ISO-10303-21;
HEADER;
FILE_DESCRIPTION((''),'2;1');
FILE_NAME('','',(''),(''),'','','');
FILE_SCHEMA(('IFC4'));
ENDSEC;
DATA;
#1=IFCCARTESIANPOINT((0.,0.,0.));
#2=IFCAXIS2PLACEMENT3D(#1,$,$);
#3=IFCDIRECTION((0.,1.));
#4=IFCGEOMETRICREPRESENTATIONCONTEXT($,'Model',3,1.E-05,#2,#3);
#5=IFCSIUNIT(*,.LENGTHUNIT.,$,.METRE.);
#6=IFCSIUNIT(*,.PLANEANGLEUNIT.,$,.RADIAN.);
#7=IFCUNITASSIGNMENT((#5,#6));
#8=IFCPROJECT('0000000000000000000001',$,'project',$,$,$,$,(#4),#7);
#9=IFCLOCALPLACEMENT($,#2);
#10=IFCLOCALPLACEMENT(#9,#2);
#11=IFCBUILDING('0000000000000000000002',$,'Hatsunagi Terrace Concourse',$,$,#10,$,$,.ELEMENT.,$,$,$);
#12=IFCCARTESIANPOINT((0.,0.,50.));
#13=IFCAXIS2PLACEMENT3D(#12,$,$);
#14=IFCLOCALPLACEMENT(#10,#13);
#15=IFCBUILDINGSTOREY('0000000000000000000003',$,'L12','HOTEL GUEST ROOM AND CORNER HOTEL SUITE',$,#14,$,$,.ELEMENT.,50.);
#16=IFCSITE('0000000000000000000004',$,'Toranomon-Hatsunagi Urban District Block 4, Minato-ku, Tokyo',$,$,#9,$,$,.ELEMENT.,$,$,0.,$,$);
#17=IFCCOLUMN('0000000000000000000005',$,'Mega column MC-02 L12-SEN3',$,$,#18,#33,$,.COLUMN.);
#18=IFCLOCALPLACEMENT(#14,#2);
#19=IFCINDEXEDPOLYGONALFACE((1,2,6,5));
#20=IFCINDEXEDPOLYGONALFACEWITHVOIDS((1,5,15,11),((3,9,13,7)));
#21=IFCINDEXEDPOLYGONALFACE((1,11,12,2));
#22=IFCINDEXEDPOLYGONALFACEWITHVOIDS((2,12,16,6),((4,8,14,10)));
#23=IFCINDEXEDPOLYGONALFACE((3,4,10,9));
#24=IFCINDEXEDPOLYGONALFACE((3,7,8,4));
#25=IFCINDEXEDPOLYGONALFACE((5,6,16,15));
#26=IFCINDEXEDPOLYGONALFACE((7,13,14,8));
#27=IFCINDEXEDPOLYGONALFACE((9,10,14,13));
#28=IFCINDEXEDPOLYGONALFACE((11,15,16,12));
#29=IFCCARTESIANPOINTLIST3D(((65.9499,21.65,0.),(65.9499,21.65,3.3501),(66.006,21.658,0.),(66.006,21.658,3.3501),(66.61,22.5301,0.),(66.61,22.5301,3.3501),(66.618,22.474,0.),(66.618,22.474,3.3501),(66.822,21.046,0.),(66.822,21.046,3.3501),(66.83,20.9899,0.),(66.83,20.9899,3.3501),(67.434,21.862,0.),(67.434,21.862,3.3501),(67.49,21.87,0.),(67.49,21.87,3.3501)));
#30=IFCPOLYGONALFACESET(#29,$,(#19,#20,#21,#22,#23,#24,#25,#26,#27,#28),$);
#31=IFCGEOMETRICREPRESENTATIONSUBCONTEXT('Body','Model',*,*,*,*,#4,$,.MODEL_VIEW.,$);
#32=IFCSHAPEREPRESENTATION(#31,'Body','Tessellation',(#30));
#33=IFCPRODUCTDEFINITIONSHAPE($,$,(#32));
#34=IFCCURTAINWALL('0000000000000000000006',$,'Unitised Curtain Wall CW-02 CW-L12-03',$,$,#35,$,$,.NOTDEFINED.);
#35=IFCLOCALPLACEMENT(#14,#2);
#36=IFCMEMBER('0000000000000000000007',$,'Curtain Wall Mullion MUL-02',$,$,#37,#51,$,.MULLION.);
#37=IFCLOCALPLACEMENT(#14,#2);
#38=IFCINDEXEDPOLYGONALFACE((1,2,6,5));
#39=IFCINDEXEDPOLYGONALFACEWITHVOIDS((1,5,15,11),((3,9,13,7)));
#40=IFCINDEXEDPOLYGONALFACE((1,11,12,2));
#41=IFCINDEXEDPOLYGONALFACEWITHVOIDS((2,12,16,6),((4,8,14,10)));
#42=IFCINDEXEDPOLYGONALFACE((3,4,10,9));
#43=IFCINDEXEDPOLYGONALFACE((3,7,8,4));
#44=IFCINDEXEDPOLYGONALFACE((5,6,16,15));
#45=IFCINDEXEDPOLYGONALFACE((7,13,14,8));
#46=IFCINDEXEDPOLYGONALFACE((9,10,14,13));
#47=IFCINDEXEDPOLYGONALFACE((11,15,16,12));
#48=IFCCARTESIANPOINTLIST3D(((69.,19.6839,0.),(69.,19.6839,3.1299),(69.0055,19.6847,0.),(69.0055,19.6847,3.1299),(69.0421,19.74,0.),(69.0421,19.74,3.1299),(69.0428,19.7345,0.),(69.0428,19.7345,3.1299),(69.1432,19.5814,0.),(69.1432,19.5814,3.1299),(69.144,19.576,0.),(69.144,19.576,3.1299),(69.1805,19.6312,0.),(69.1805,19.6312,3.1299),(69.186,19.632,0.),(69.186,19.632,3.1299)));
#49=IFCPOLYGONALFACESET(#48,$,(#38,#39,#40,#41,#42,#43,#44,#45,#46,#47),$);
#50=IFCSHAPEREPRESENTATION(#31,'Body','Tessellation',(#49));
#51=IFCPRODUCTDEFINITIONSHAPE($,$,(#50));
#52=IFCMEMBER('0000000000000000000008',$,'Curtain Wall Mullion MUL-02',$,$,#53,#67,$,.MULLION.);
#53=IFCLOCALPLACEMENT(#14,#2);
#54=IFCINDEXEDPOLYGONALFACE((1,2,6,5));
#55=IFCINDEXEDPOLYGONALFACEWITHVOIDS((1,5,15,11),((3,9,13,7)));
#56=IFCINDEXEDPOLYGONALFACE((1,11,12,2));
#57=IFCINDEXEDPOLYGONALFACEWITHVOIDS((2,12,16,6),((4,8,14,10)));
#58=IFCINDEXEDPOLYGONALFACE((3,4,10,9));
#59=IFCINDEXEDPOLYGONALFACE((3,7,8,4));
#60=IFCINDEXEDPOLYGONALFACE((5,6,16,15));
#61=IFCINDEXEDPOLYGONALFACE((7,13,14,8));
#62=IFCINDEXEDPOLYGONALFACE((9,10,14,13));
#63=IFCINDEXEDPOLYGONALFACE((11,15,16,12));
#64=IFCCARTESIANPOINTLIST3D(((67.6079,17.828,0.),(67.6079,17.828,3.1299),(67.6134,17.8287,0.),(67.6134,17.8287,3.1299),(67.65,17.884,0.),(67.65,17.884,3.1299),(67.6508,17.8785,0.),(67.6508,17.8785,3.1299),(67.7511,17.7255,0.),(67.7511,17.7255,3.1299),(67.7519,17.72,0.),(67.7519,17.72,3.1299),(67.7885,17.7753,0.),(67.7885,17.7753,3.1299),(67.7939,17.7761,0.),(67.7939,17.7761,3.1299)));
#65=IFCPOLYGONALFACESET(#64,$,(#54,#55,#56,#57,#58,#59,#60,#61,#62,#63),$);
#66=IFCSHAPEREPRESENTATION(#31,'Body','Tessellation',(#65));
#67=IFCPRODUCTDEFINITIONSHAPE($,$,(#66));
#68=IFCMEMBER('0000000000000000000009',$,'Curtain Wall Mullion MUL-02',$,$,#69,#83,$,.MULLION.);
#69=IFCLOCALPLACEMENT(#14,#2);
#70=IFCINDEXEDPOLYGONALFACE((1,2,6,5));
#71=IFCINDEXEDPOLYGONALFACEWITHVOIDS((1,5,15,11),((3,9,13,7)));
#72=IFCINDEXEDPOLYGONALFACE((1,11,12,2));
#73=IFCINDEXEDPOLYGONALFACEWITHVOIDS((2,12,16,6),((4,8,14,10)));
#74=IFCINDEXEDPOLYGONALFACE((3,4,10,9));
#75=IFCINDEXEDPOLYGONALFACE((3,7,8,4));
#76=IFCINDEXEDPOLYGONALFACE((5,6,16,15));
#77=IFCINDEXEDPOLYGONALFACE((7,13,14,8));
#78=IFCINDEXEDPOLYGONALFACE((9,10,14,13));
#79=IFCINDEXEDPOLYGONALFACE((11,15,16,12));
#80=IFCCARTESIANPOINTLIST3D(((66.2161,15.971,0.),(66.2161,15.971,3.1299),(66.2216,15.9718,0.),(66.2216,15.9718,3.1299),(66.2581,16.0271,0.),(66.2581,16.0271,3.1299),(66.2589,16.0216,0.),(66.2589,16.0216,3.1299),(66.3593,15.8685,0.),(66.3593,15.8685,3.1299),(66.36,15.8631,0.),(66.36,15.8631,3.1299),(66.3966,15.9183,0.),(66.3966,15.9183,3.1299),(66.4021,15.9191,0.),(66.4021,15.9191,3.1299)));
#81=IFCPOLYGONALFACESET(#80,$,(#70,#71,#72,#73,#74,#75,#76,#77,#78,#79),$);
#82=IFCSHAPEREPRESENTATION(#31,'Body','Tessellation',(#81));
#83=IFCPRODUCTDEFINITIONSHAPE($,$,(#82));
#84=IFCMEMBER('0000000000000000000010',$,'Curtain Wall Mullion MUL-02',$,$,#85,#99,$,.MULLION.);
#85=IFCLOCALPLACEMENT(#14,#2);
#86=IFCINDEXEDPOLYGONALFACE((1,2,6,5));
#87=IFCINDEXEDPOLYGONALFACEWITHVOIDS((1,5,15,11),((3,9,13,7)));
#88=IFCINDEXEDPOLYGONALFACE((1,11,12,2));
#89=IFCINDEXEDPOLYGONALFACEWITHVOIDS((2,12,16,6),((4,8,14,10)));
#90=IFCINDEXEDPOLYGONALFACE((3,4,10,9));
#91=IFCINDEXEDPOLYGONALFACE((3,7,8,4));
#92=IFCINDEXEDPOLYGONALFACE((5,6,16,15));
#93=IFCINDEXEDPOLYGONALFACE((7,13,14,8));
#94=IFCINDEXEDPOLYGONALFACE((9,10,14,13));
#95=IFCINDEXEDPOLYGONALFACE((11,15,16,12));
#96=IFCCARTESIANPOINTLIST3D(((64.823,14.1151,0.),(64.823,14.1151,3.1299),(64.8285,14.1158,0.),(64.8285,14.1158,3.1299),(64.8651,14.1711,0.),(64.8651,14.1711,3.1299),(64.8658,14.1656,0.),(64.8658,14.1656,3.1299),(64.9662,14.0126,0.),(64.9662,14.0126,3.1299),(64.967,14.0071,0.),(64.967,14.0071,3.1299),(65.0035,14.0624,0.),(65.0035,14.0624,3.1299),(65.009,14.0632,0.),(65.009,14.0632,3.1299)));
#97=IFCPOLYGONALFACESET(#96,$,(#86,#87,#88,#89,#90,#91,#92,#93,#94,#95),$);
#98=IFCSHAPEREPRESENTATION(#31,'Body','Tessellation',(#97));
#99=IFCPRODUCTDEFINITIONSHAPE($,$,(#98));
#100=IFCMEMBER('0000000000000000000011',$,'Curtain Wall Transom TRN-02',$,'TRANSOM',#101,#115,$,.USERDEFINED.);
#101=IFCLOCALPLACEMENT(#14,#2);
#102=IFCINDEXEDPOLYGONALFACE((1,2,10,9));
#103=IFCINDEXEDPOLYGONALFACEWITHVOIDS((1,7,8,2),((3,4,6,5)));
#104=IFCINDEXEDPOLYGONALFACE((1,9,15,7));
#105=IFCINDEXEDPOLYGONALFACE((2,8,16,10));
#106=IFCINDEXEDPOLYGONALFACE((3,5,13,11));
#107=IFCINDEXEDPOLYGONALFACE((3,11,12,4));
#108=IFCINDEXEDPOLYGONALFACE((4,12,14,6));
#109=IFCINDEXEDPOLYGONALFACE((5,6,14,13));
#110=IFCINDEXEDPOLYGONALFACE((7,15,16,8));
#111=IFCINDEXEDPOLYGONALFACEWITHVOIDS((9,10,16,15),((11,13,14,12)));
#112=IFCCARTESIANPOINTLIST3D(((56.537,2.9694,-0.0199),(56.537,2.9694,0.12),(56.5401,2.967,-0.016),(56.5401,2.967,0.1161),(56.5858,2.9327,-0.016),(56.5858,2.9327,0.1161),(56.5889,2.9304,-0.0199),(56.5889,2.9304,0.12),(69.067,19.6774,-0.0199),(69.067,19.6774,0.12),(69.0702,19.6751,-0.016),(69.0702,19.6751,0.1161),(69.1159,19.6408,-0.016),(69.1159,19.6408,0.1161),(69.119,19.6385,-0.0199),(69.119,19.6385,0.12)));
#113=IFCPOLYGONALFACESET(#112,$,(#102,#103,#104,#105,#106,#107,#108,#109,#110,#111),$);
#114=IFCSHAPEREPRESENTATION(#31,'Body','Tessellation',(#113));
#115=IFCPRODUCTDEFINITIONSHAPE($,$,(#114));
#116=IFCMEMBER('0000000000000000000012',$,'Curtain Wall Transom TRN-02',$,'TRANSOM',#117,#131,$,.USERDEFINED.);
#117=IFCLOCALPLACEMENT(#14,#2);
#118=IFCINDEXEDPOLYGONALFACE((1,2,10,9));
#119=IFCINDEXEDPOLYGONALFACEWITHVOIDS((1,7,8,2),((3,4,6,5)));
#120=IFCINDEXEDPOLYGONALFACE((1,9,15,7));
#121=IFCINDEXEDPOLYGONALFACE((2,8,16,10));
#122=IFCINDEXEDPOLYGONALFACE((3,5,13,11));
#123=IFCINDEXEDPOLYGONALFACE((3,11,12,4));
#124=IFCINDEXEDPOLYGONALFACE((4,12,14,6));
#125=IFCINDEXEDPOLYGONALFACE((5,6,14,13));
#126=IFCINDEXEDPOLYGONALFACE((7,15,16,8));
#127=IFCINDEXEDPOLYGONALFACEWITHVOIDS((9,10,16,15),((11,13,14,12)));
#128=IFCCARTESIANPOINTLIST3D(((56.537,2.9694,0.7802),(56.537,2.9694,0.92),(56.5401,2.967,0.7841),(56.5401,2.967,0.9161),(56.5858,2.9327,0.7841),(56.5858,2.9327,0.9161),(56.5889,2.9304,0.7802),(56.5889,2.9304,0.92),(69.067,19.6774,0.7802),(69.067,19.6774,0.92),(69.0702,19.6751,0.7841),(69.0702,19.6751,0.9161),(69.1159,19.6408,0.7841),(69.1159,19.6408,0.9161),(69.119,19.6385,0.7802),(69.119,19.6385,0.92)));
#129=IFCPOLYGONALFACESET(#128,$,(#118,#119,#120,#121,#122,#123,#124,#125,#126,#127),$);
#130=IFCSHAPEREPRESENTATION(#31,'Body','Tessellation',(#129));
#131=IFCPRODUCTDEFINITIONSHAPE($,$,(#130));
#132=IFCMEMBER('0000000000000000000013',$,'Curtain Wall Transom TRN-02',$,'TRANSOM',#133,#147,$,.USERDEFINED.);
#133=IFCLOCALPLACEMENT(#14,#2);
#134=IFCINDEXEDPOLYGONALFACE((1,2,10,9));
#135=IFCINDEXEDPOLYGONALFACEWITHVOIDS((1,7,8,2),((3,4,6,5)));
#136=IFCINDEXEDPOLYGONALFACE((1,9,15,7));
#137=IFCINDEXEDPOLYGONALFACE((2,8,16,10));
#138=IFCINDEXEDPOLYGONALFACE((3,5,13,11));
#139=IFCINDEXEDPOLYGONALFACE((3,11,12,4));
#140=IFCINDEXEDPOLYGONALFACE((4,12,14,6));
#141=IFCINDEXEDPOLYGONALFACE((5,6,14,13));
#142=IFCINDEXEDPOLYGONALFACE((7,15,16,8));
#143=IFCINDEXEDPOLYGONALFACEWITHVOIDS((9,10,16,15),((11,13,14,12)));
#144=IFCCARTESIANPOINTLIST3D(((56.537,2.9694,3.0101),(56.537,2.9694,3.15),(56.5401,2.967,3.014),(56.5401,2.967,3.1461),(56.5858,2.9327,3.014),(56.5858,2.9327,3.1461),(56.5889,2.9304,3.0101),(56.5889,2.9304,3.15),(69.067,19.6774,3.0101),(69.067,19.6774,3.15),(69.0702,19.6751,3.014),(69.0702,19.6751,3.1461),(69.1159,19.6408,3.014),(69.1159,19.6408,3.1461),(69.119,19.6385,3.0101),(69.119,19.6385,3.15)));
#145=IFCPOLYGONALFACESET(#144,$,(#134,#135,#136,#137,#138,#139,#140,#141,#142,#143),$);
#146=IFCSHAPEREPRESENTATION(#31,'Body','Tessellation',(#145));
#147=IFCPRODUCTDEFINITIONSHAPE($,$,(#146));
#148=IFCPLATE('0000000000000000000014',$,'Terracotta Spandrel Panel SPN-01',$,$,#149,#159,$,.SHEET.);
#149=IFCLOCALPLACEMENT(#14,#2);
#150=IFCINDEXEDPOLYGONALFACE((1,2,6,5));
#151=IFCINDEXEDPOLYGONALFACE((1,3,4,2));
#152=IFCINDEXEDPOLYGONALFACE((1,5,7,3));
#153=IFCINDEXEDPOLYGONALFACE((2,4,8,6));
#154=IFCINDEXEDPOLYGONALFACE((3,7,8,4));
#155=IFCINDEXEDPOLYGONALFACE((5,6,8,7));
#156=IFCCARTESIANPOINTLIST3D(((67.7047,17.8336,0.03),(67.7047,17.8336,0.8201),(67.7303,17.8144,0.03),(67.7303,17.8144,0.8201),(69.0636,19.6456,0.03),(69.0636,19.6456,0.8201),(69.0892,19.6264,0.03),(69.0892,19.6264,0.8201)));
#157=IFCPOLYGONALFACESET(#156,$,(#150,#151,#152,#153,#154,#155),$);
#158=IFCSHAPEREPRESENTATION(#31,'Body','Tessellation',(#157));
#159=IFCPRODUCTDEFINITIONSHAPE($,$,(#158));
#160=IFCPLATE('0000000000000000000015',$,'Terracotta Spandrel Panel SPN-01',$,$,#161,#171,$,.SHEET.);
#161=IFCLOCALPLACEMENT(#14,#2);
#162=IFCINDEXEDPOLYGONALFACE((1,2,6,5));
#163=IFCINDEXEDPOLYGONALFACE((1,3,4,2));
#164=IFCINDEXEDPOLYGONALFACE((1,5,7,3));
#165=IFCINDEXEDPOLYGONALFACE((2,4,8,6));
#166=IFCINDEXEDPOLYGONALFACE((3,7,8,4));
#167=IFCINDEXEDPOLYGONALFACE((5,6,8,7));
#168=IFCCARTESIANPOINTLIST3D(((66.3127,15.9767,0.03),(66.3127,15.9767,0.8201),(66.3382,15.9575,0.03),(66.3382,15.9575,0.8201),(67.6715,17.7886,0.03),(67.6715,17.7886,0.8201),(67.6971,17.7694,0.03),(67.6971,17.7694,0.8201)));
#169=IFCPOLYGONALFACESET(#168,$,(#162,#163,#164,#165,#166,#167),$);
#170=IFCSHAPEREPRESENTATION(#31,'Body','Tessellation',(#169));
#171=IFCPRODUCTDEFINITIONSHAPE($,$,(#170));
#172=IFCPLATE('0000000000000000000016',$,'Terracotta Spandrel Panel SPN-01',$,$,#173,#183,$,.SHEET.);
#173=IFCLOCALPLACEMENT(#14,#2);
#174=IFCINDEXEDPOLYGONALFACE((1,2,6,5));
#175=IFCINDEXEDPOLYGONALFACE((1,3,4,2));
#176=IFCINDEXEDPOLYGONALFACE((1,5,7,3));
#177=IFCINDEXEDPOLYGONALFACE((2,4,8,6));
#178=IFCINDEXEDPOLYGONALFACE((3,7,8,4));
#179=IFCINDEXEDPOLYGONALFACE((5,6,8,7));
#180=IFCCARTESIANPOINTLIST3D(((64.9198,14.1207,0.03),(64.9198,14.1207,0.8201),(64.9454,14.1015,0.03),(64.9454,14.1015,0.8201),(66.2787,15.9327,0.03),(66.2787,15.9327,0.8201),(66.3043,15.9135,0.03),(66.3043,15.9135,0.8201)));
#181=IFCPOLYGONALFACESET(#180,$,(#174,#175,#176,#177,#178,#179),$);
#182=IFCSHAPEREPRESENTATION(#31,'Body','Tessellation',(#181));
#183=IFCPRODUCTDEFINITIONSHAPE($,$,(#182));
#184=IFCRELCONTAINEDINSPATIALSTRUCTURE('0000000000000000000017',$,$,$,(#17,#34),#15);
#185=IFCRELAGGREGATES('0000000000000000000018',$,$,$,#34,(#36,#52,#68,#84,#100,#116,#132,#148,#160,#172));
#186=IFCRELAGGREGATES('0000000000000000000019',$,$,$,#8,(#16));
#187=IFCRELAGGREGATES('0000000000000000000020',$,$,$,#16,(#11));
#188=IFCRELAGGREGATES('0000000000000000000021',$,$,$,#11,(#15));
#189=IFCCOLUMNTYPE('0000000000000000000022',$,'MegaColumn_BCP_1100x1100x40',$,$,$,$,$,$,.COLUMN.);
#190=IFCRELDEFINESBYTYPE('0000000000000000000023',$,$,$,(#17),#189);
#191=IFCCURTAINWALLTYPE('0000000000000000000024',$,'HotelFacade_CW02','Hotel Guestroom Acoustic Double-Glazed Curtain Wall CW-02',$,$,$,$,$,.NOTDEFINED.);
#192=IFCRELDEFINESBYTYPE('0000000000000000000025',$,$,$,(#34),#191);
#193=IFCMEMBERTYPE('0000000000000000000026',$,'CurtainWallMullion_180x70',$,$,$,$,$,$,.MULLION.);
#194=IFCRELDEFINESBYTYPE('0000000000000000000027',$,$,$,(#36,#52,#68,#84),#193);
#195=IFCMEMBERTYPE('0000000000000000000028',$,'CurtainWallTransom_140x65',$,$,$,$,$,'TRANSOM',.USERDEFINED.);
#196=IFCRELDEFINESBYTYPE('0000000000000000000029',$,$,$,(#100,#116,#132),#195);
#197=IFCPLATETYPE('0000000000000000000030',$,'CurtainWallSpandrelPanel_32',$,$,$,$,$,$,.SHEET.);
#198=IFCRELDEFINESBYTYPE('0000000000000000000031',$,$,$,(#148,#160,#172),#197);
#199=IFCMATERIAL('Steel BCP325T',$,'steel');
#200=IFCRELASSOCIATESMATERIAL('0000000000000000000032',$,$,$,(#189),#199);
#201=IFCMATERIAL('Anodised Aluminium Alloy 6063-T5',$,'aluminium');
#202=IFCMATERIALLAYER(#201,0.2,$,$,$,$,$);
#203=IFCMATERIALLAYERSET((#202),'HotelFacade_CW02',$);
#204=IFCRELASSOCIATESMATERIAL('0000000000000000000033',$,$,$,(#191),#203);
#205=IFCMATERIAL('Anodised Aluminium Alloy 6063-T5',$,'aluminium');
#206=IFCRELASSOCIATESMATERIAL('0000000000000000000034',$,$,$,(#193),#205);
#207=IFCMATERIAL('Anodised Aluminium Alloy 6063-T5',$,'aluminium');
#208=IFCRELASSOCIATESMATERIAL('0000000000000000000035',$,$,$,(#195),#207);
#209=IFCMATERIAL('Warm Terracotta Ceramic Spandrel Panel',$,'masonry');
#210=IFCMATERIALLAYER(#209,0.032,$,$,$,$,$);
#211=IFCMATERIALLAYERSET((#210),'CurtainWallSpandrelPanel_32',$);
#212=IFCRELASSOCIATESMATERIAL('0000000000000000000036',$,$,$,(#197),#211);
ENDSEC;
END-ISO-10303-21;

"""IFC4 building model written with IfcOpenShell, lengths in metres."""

from ifc_helpers import new_model, si_unit, direction, frame, origin, origin_2d, place, context, subcontext, project, spatial, rectangle, hollow_rectangle, extrude, material, layer, layer_set, material_profile, profile_set, type_object, element, aggregate, save


model = new_model("IFC4")

# Units and contexts
model_context = context("Model", 3, precision=1e-05, world=origin(), true_north=direction((0.0, 1.0)))
body_context = subcontext(model_context, "Body", "Model", "MODEL_VIEW")
ifc_project = project(units=[si_unit("LENGTHUNIT", "METRE"), si_unit("PLANEANGLEUNIT", "RADIAN")], contexts=[model_context])

# Site, building, storey
site_placement = place(None, origin())
site = spatial("IfcSite", under=ifc_project, at=site_placement, Name="Toranomon-Hatsunagi Urban District Block 4, Minato-ku, Tokyo", CompositionType="ELEMENT", RefElevation=0.0)
building_placement = place(site_placement, origin())
building = spatial("IfcBuilding", under=site, at=building_placement, Name="Hatsunagi Terrace Concourse", CompositionType="ELEMENT")
storey_placement = place(building_placement, frame((0.0, 0.0, 50.0)))
storey = spatial("IfcBuildingStorey", under=building, at=storey_placement, Name="L12", Description="HOTEL GUEST ROOM AND CORNER HOTEL SUITE", CompositionType="ELEMENT", Elevation=50.0)

# Column
ifc_material_1 = material(Name="Steel BCP325T", Category="steel")
ifc_material_profile_1 = material_profile(ifc_material_1, hollow_rectangle(XDim=1.1001, YDim=1.1001, WallThickness=0.04, at=origin_2d()), Name="BCP-1100x1100x40")
ifc_profile_set_1 = profile_set([ifc_material_profile_1], Name="Steel BCP325T")
column_type = type_object("IfcColumnType", Name="MegaColumn_BCP_1100x1100x40", PredefinedType="COLUMN", material=ifc_profile_set_1)
column_placement = place(storey_placement, frame((66.72, 21.76, 0.0), z_axis=(0.0, 0.0, 1.0), x_axis=(0.8, -0.6, 0.0)))
element("IfcColumn", 1, at=column_placement, inside=storey, type_object=column_type, Name="Mega column MC-02 L12-SEN3", PredefinedType="COLUMN", context=body_context, shape_type="SweptSolid", body=[
    extrude(hollow_rectangle(XDim=1.1001, YDim=1.1001, WallThickness=0.04, at=origin_2d()), origin(), (0.0, 0.0, 1.0), 3.3501),
])

# Curtain wall, members, plates
ifc_material_2 = material(Name="Anodised Aluminium Alloy 6063-T5", Category="aluminium")
ifc_layer_1 = layer(ifc_material_2, 0.2)
ifc_layer_set_1 = layer_set([ifc_layer_1], Name="HotelFacade_CW02")
curtain_wall_type = type_object("IfcCurtainWallType", Name="HotelFacade_CW02", Description="Hotel Guestroom Acoustic Double-Glazed Curtain Wall CW-02", PredefinedType="NOTDEFINED", material=ifc_layer_set_1)
curtain_wall_placement = place(storey_placement, origin())
curtain_wall = element("IfcCurtainWall", 2, at=curtain_wall_placement, inside=storey, type_object=curtain_wall_type, Name="Unitised Curtain Wall CW-02 CW-L12-03", PredefinedType="NOTDEFINED")
ifc_material_3 = material(Name="Anodised Aluminium Alloy 6063-T5", Category="aluminium")
ifc_material_profile_2 = material_profile(ifc_material_3, hollow_rectangle(XDim=0.0701, YDim=0.1799, WallThickness=0.0039, at=origin_2d()), Name="ALU-MUL-180x70x4")
ifc_profile_set_2 = profile_set([ifc_material_profile_2], Name="Anodised Aluminium Alloy 6063-T5")
member_type_1 = type_object("IfcMemberType", Name="CurtainWallMullion_180x70", PredefinedType="MULLION", material=ifc_profile_set_2)
member_1_placement = place(storey_placement, frame((69.093, 19.658, 0.0), z_axis=(0.0, 0.0, 1.0), x_axis=(-0.599969, -0.800023, 0.0)))
member_1 = element("IfcMember", 3, at=member_1_placement, type_object=member_type_1, Name="Curtain Wall Mullion MUL-02", PredefinedType="MULLION", context=body_context, shape_type="SweptSolid", body=[
    extrude(hollow_rectangle(XDim=0.0701, YDim=0.1799, WallThickness=0.0039, at=origin_2d()), origin(), (0.0, 0.0, 1.0), 3.1299),
])
member_2_placement = place(storey_placement, frame((67.7009, 17.802, 0.0), z_axis=(0.0, 0.0, 1.0), x_axis=(-0.599969, -0.800023, 0.0)))
member_2 = element("IfcMember", 4, at=member_2_placement, type_object=member_type_1, Name="Curtain Wall Mullion MUL-02", PredefinedType="MULLION", context=body_context, shape_type="SweptSolid", body=[
    extrude(hollow_rectangle(XDim=0.0701, YDim=0.1799, WallThickness=0.0039, at=origin_2d()), origin(), (0.0, 0.0, 1.0), 3.1299),
])
member_3_placement = place(storey_placement, frame((66.3091, 15.9451, 0.0), z_axis=(0.0, 0.0, 1.0), x_axis=(-0.599969, -0.800023, 0.0)))
member_3 = element("IfcMember", 5, at=member_3_placement, type_object=member_type_1, Name="Curtain Wall Mullion MUL-02", PredefinedType="MULLION", context=body_context, shape_type="SweptSolid", body=[
    extrude(hollow_rectangle(XDim=0.0701, YDim=0.1799, WallThickness=0.0039, at=origin_2d()), origin(), (0.0, 0.0, 1.0), 3.1299),
])
member_4_placement = place(storey_placement, frame((64.916, 14.0891, 0.0), z_axis=(0.0, 0.0, 1.0), x_axis=(-0.599969, -0.800023, 0.0)))
member_4 = element("IfcMember", 6, at=member_4_placement, type_object=member_type_1, Name="Curtain Wall Mullion MUL-02", PredefinedType="MULLION", context=body_context, shape_type="SweptSolid", body=[
    extrude(hollow_rectangle(XDim=0.0701, YDim=0.1799, WallThickness=0.0039, at=origin_2d()), origin(), (0.0, 0.0, 1.0), 3.1299),
])
ifc_material_4 = material(Name="Anodised Aluminium Alloy 6063-T5", Category="aluminium")
ifc_material_profile_3 = material_profile(ifc_material_4, hollow_rectangle(XDim=0.0649, YDim=0.1399, WallThickness=0.0039, at=origin_2d()), Name="ALU-TRN-140x65x4")
ifc_profile_set_3 = profile_set([ifc_material_profile_3], Name="Anodised Aluminium Alloy 6063-T5")
member_type_2 = type_object("IfcMemberType", Name="CurtainWallTransom_140x65", ElementType="TRANSOM", PredefinedType="USERDEFINED", material=ifc_profile_set_3)
member_5_placement = place(storey_placement, frame((69.093, 19.658, 0.05), z_axis=(-0.59997, -0.800022, 0.0), x_axis=(0.800022, -0.59997, 0.0)))
member_5 = element("IfcMember", 7, at=member_5_placement, type_object=member_type_2, Name="Curtain Wall Transom TRN-02", ObjectType="TRANSOM", PredefinedType="USERDEFINED", context=body_context, shape_type="SweptSolid", body=[
    extrude(hollow_rectangle(XDim=0.0649, YDim=0.1399, WallThickness=0.0039, at=origin_2d()), origin(), (0.0, 0.0, 1.0), 20.8845),
])
member_6_placement = place(storey_placement, frame((69.093, 19.658, 0.8501), z_axis=(-0.59997, -0.800022, 0.0), x_axis=(0.800022, -0.59997, 0.0)))
member_6 = element("IfcMember", 8, at=member_6_placement, type_object=member_type_2, Name="Curtain Wall Transom TRN-02", ObjectType="TRANSOM", PredefinedType="USERDEFINED", context=body_context, shape_type="SweptSolid", body=[
    extrude(hollow_rectangle(XDim=0.0649, YDim=0.1399, WallThickness=0.0039, at=origin_2d()), origin(), (0.0, 0.0, 1.0), 20.8845),
])
member_7_placement = place(storey_placement, frame((69.093, 19.658, 3.0801), z_axis=(-0.59997, -0.800022, 0.0), x_axis=(0.800022, -0.59997, 0.0)))
member_7 = element("IfcMember", 9, at=member_7_placement, type_object=member_type_2, Name="Curtain Wall Transom TRN-02", ObjectType="TRANSOM", PredefinedType="USERDEFINED", context=body_context, shape_type="SweptSolid", body=[
    extrude(hollow_rectangle(XDim=0.0649, YDim=0.1399, WallThickness=0.0039, at=origin_2d()), origin(), (0.0, 0.0, 1.0), 20.8845),
])
ifc_material_5 = material(Name="Warm Terracotta Ceramic Spandrel Panel", Category="masonry")
ifc_layer_2 = layer(ifc_material_5, 0.032)
ifc_layer_set_2 = layer_set([ifc_layer_2], Name="CurtainWallSpandrelPanel_32")
plate_type_1 = type_object("IfcPlateType", Name="CurtainWallSpandrelPanel_32", PredefinedType="SHEET", material=ifc_layer_set_2)
plate_1_placement = place(storey_placement, frame((68.397, 18.73, 0.03), z_axis=(0.0, 0.0, 1.0), x_axis=(-0.599969, -0.800023, 0.0)))
plate_1 = element("IfcPlate", 10, at=plate_1_placement, type_object=plate_type_1, Name="Terracotta Spandrel Panel SPN-01", PredefinedType="SHEET", context=body_context, shape_type="SweptSolid", body=[
    extrude(rectangle(XDim=2.2649, YDim=0.032, at=origin_2d()), origin(), (0.0, 0.0, 1.0), 0.79),
])
plate_2_placement = place(storey_placement, frame((67.0049, 16.873, 0.03), z_axis=(0.0, 0.0, 1.0), x_axis=(-0.599969, -0.800023, 0.0)))
plate_2 = element("IfcPlate", 11, at=plate_2_placement, type_object=plate_type_1, Name="Terracotta Spandrel Panel SPN-01", PredefinedType="SHEET", context=body_context, shape_type="SweptSolid", body=[
    extrude(rectangle(XDim=2.2649, YDim=0.032, at=origin_2d()), origin(), (0.0, 0.0, 1.0), 0.79),
])
plate_3_placement = place(storey_placement, frame((65.6121, 15.0171, 0.03), z_axis=(0.0, 0.0, 1.0), x_axis=(-0.599969, -0.800023, 0.0)))
plate_3 = element("IfcPlate", 12, at=plate_3_placement, type_object=plate_type_1, Name="Terracotta Spandrel Panel SPN-01", PredefinedType="SHEET", context=body_context, shape_type="SweptSolid", body=[
    extrude(rectangle(XDim=2.2649, YDim=0.032, at=origin_2d()), origin(), (0.0, 0.0, 1.0), 0.79),
])
aggregate(curtain_wall, [member_1, member_2, member_3, member_4, member_5, member_6, member_7, plate_1, plate_2, plate_3])

save(model, "model.ifc")
